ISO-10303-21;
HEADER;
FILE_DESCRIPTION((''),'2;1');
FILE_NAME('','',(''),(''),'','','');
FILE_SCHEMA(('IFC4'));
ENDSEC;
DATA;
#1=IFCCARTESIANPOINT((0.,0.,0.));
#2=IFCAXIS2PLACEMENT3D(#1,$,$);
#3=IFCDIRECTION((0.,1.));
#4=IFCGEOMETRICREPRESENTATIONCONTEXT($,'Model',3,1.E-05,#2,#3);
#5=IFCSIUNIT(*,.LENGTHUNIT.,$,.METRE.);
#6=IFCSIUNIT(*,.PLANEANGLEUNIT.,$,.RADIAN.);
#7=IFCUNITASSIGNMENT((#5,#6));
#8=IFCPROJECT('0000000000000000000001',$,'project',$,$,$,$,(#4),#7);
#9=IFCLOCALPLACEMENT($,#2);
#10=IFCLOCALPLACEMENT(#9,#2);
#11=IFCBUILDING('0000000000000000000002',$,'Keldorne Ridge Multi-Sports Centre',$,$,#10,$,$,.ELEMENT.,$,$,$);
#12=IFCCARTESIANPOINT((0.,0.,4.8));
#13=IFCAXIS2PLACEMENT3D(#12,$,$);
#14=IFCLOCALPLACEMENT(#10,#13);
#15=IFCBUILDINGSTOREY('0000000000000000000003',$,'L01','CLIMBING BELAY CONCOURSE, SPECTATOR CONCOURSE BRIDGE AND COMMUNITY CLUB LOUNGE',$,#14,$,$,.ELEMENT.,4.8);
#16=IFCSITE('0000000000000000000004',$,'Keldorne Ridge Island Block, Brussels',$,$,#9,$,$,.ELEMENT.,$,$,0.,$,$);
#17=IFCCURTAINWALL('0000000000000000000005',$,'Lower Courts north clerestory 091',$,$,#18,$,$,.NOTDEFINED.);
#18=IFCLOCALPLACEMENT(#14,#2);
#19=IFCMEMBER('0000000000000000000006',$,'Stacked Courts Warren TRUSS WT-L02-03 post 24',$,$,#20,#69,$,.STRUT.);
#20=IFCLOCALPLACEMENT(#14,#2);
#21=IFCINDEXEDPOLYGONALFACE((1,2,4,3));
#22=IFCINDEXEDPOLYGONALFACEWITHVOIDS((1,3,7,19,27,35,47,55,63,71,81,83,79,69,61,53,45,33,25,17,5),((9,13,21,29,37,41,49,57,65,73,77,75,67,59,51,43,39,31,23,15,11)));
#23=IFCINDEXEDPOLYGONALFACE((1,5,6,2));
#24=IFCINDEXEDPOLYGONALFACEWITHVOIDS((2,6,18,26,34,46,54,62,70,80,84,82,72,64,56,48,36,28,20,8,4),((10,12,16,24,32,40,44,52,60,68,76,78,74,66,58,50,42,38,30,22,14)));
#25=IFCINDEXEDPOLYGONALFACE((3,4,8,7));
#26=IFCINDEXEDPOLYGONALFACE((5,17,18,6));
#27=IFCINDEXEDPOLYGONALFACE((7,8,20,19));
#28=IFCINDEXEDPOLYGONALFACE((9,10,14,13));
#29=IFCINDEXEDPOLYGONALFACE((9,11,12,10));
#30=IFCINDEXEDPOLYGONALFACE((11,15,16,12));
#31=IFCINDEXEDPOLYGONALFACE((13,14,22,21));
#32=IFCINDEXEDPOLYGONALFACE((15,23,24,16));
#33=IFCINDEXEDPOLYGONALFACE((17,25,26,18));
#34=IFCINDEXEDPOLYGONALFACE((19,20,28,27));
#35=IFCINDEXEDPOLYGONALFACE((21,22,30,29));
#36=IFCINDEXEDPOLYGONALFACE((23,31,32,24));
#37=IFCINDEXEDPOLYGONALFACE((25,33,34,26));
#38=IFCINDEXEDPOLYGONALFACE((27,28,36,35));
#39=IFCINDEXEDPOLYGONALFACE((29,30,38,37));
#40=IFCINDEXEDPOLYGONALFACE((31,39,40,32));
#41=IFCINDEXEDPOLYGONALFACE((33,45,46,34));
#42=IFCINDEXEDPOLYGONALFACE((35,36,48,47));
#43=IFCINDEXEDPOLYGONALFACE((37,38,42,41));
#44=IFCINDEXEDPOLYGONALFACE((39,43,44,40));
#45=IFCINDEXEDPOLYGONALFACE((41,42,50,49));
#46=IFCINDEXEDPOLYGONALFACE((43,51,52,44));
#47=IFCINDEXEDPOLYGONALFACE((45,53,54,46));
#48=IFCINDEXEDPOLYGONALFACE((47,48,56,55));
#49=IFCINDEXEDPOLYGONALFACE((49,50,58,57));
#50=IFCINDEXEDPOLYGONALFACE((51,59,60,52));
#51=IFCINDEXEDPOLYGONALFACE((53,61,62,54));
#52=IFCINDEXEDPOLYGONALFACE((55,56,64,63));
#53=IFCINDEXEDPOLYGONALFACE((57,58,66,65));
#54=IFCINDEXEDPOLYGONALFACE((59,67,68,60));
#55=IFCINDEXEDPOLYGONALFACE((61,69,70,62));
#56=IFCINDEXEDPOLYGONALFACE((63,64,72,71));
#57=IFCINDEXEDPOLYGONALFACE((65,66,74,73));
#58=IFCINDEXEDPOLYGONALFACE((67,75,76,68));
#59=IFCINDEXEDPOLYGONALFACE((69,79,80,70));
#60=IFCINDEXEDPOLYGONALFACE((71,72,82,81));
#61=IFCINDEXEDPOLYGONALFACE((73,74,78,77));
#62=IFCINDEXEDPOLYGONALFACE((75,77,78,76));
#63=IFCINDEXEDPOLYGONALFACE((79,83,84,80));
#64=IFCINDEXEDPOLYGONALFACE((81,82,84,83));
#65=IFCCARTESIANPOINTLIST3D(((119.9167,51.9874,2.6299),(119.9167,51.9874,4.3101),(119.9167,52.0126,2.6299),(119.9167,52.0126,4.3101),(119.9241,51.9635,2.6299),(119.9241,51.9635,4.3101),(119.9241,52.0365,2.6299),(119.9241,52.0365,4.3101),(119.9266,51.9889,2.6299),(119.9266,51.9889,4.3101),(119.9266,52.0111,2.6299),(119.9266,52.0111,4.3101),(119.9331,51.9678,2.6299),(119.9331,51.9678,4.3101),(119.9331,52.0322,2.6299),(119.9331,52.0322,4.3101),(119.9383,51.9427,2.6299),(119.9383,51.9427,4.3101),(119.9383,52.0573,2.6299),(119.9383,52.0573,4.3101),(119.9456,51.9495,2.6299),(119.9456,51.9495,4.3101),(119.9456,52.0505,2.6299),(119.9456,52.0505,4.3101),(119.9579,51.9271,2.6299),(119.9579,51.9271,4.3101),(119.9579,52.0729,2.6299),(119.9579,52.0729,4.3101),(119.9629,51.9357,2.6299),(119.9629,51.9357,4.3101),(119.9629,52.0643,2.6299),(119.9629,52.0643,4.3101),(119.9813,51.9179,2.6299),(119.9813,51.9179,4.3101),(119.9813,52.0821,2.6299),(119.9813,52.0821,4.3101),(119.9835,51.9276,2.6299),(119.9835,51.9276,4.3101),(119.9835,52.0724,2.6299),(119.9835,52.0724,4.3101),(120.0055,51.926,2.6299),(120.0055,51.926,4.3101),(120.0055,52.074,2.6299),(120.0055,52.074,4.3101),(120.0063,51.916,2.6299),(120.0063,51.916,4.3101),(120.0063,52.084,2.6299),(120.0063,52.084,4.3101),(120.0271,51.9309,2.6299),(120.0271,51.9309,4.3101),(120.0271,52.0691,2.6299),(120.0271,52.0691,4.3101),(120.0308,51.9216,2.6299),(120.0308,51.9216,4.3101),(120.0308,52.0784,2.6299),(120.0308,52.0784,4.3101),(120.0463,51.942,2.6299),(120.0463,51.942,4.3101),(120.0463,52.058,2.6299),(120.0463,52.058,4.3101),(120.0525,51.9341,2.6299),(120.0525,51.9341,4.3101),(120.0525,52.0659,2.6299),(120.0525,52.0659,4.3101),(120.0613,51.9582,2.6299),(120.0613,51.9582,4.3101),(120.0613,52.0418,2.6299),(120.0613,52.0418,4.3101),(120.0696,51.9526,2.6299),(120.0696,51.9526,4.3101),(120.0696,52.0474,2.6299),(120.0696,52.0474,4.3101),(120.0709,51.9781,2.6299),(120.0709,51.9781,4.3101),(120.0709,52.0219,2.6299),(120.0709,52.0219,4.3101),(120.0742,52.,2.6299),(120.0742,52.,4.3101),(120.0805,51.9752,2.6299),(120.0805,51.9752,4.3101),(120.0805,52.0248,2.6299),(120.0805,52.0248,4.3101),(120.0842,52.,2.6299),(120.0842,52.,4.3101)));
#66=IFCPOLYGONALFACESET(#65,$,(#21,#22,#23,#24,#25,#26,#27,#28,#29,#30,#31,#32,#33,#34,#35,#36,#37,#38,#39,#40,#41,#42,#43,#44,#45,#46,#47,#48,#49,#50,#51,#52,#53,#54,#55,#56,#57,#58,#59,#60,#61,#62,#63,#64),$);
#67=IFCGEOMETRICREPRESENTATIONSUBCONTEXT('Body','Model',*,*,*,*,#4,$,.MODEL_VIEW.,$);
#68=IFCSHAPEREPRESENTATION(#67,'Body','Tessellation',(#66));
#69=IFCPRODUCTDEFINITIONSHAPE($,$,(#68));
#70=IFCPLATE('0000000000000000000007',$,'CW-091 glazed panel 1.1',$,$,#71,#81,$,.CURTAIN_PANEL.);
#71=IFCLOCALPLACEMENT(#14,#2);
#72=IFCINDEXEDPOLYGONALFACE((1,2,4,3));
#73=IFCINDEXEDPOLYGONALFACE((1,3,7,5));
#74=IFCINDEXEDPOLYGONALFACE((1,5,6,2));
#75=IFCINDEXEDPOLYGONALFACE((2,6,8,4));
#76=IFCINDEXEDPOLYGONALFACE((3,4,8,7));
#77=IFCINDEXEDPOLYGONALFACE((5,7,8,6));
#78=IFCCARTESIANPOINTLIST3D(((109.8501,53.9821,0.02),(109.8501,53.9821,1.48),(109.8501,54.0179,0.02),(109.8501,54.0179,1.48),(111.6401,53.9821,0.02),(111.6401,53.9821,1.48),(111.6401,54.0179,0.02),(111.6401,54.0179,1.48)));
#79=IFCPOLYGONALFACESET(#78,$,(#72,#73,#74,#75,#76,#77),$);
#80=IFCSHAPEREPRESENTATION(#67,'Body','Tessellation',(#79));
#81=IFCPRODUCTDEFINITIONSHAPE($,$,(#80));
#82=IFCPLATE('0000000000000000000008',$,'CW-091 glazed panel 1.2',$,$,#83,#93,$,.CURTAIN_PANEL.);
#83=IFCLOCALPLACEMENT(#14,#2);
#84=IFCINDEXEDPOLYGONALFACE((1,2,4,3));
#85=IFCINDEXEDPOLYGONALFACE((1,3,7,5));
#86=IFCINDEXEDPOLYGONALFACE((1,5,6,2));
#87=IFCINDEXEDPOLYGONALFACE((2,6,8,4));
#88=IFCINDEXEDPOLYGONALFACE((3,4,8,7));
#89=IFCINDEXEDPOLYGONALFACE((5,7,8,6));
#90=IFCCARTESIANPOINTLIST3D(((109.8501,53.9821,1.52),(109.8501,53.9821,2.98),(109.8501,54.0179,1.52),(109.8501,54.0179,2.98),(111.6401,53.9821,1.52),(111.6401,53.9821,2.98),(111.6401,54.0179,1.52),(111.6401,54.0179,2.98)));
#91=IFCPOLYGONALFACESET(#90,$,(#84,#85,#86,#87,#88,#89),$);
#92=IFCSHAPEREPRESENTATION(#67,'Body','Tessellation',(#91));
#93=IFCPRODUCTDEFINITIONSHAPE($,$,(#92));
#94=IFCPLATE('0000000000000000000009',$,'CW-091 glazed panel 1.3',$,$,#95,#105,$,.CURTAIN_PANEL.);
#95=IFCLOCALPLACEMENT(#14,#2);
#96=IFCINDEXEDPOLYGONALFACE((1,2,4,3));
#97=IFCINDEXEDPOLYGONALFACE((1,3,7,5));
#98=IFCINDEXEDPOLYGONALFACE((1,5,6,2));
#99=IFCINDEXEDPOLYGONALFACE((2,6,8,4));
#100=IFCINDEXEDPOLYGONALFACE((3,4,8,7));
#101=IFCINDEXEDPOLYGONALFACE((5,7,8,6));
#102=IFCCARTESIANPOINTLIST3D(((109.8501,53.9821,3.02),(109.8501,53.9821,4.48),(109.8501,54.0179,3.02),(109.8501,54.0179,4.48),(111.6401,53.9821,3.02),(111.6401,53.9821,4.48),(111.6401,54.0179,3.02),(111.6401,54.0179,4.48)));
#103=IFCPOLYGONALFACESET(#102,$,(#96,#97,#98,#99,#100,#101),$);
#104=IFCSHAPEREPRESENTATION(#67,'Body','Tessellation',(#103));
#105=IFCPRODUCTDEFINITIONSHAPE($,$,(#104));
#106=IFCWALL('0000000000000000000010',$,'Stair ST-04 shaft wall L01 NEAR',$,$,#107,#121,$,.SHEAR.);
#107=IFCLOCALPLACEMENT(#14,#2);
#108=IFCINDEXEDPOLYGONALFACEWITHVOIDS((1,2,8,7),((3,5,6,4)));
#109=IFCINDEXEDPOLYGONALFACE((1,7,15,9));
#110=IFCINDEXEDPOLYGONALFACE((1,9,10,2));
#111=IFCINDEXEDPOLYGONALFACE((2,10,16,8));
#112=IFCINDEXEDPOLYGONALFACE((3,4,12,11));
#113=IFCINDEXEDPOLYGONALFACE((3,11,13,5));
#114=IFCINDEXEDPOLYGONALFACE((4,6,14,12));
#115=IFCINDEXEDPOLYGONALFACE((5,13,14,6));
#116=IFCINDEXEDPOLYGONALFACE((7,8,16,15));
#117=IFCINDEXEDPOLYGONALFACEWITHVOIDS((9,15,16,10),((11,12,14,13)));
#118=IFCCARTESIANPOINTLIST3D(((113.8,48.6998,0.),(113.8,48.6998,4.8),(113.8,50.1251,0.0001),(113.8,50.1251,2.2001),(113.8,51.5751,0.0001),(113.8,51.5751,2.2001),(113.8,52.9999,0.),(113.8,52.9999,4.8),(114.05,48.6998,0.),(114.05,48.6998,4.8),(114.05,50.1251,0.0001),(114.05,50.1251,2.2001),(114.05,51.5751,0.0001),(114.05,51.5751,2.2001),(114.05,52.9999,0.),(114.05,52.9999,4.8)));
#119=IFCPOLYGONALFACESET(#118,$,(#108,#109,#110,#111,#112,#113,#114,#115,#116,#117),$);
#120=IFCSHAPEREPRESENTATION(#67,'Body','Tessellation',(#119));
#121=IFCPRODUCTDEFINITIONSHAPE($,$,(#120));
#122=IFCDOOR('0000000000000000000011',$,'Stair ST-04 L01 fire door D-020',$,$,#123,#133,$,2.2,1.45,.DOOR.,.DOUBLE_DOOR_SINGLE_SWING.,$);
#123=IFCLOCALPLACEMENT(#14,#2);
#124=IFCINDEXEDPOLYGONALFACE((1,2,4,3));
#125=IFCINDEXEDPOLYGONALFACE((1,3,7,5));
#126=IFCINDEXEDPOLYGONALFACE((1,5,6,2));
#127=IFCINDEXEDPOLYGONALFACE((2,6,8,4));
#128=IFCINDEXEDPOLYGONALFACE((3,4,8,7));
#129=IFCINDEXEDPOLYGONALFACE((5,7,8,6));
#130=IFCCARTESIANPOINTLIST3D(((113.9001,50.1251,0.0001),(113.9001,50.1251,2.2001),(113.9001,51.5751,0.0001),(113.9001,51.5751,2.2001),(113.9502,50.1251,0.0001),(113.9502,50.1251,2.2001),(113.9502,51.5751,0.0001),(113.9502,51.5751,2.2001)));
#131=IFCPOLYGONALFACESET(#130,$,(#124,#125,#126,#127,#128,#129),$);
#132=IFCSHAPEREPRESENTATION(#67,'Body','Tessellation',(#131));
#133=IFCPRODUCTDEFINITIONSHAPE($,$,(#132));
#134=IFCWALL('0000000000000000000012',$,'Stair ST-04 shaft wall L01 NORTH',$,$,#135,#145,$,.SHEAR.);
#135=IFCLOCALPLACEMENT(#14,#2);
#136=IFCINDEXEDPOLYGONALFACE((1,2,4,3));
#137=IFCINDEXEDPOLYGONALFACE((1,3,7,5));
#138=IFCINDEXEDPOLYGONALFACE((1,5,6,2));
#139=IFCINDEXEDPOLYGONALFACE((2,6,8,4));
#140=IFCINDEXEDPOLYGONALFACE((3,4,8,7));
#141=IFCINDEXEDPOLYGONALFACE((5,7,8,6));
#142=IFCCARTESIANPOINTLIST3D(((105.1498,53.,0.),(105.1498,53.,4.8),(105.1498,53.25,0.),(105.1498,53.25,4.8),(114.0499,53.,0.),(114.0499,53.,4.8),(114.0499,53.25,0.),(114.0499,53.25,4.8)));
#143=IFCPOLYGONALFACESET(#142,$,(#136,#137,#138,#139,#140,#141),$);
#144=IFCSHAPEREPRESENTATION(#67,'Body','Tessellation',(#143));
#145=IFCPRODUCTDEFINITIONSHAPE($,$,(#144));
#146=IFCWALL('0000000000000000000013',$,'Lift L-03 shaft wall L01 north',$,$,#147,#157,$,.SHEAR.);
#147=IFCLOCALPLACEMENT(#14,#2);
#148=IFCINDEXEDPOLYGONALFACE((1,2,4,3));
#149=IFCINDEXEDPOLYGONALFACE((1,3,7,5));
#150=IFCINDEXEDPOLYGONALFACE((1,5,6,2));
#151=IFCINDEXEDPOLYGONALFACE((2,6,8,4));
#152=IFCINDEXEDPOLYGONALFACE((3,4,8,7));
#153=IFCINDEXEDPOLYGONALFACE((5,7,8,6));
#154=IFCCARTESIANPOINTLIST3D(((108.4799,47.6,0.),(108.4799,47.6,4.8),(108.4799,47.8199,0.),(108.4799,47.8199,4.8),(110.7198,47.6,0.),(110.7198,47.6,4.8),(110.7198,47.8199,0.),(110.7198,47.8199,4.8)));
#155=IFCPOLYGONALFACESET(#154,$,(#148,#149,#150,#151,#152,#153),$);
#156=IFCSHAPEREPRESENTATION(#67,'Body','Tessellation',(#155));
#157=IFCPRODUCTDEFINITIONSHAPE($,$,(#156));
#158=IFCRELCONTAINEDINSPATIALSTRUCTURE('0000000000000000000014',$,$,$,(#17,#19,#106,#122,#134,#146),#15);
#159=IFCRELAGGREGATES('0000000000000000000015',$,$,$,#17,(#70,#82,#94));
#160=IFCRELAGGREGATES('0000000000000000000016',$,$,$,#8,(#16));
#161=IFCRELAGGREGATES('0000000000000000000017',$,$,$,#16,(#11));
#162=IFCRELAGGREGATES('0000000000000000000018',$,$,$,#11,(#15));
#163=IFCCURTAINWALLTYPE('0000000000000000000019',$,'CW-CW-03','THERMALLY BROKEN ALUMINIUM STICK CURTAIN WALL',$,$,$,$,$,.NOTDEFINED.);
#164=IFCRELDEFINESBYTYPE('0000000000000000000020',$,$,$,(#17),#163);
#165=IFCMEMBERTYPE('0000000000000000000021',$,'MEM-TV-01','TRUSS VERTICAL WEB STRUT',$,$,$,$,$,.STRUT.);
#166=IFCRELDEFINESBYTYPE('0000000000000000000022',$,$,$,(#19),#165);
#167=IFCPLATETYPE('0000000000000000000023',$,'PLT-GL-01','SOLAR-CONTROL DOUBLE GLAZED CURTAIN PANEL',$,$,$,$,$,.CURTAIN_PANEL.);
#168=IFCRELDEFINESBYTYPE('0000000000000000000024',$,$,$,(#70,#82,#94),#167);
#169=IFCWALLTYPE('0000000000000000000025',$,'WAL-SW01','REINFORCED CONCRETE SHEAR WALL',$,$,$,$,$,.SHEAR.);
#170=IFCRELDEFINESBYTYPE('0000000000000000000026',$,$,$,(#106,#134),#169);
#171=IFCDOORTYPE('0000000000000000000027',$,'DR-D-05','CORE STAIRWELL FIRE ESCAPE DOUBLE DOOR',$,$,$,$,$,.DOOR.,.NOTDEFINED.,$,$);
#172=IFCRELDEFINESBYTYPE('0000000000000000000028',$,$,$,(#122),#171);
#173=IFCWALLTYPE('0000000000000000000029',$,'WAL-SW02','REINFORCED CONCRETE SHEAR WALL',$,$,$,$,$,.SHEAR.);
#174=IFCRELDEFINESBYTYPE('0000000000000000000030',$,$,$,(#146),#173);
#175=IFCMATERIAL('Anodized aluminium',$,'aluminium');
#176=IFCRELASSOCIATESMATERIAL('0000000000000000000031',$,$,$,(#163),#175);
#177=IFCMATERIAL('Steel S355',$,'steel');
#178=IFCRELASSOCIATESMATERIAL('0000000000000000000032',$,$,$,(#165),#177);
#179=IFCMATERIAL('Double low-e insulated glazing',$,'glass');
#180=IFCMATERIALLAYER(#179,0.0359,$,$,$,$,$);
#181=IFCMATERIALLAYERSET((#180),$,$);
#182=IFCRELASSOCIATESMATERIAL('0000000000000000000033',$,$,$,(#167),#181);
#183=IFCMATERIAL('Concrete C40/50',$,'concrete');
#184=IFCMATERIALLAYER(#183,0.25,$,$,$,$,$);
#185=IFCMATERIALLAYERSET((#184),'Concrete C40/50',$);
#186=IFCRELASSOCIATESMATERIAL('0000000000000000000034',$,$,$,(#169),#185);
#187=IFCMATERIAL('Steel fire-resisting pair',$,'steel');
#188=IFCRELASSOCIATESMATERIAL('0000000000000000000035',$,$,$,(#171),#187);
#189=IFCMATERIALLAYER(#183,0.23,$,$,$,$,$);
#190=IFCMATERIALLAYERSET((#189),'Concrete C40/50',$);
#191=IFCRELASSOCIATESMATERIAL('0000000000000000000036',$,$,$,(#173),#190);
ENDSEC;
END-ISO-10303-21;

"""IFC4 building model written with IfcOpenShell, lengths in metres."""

from ifc_helpers import new_model, si_unit, direction, frame, frame_2d, origin, origin_2d, place, context, subcontext, project, spatial, rectangle, hollow_circle, extrude, material, layer, layer_set, material_profile, profile_set, type_object, element, fill, aggregate, save


model = new_model("IFC4")

# Units and contexts
model_context = context("Model", 3, precision=1e-05, world=origin(), true_north=direction((0.0, 1.0)))
body_context = subcontext(model_context, "Body", "Model", "MODEL_VIEW")
ifc_project = project(units=[si_unit("LENGTHUNIT", "METRE"), si_unit("PLANEANGLEUNIT", "RADIAN")], contexts=[model_context])

# Site, building, storey
site_placement = place(None, origin())
site = spatial("IfcSite", under=ifc_project, at=site_placement, Name="Keldorne Ridge Island Block, Brussels", CompositionType="ELEMENT", RefElevation=0.0)
building_placement = place(site_placement, origin())
building = spatial("IfcBuilding", under=site, at=building_placement, Name="Keldorne Ridge Multi-Sports Centre", CompositionType="ELEMENT")
storey_placement = place(building_placement, frame((0.0, 0.0, 4.8)))
storey = spatial("IfcBuildingStorey", under=building, at=storey_placement, Name="L01", Description="CLIMBING BELAY CONCOURSE, SPECTATOR CONCOURSE BRIDGE AND COMMUNITY CLUB LOUNGE", CompositionType="ELEMENT", Elevation=4.8)

# Shared definitions
ifc_material_1 = material(Name="Steel S355", Category="steel")

# Curtain wall
ifc_material_2 = material(Name="Anodized aluminium", Category="aluminium")
curtain_wall_type = type_object("IfcCurtainWallType", Name="CW-CW-03", Description="THERMALLY BROKEN ALUMINIUM STICK CURTAIN WALL", PredefinedType="NOTDEFINED", material=ifc_material_2)
curtain_wall_placement = place(storey_placement, origin())
curtain_wall = element("IfcCurtainWall", 1, at=curtain_wall_placement, inside=storey, type_object=curtain_wall_type, Name="Lower Courts north clerestory 091", PredefinedType="NOTDEFINED")

# Member
ifc_material_profile_1 = material_profile(ifc_material_1, hollow_circle(Radius=0.0842, WallThickness=0.01, at=origin_2d()), Name="CHS 168.3x10")
ifc_profile_set_1 = profile_set([ifc_material_profile_1], Name="Steel S355")
member_type_1 = type_object("IfcMemberType", Name="MEM-TV-01", Description="TRUSS VERTICAL WEB STRUT", PredefinedType="STRUT", material=ifc_profile_set_1)
for number, where, z_axis, x_axis, name in (
    (2, (120.0, 52.0, 2.6299), (0.0, 0.0, 1.0), (1.0, 0.0, 0.0), "Stacked Courts Warren TRUSS WT-L02-03 post 24"),
):
    element("IfcMember", number, at=place(storey_placement, frame(where, z_axis=z_axis, x_axis=x_axis)), inside=storey, type_object=member_type_1, Name=name, PredefinedType="STRUT", context=body_context, shape_type="SweptSolid", body=[
        extrude(hollow_circle(Radius=0.0842, WallThickness=0.01, at=origin_2d()), origin(), (0.0, 0.0, 1.0), 1.6802),
    ])

# Plates
ifc_material_3 = material(Name="Double low-e insulated glazing", Category="glass")
ifc_layer_1 = layer(ifc_material_3, 0.0359)
ifc_layer_set_1 = layer_set([ifc_layer_1])
plate_type = type_object("IfcPlateType", Name="PLT-GL-01", Description="SOLAR-CONTROL DOUBLE GLAZED CURTAIN PANEL", PredefinedType="CURTAIN_PANEL", material=ifc_layer_set_1)
plate_1_placement = place(storey_placement, frame((110.7451, 54.0, 0.02), z_axis=(0.0, 0.0, 1.0), x_axis=(-1.0, 0.0, 0.0)))
plate_1 = element("IfcPlate", 3, at=plate_1_placement, type_object=plate_type, Name="CW-091 glazed panel 1.1", PredefinedType="CURTAIN_PANEL", context=body_context, shape_type="SweptSolid", body=[
    extrude(rectangle(XDim=1.79, YDim=0.0359, at=origin_2d()), origin(), (0.0, 0.0, 1.0), 1.46),
])
plate_2_placement = place(storey_placement, frame((110.7451, 54.0, 1.52), z_axis=(0.0, 0.0, 1.0), x_axis=(-1.0, 0.0, 0.0)))
plate_2 = element("IfcPlate", 4, at=plate_2_placement, type_object=plate_type, Name="CW-091 glazed panel 1.2", PredefinedType="CURTAIN_PANEL", context=body_context, shape_type="SweptSolid", body=[
    extrude(rectangle(XDim=1.79, YDim=0.0359, at=origin_2d()), origin(), (0.0, 0.0, 1.0), 1.46),
])
plate_3_placement = place(storey_placement, frame((110.7451, 54.0, 3.02), z_axis=(0.0, 0.0, 1.0), x_axis=(-1.0, 0.0, 0.0)))
plate_3 = element("IfcPlate", 5, at=plate_3_placement, type_object=plate_type, Name="CW-091 glazed panel 1.3", PredefinedType="CURTAIN_PANEL", context=body_context, shape_type="SweptSolid", body=[
    extrude(rectangle(XDim=1.79, YDim=0.0359, at=origin_2d()), origin(), (0.0, 0.0, 1.0), 1.46),
])
aggregate(curtain_wall, [plate_1, plate_2, plate_3])

# Wall, opening, door
ifc_material_4 = material(Name="Concrete C40/50", Category="concrete")
ifc_layer_2 = layer(ifc_material_4, 0.25)
ifc_layer_set_2 = layer_set([ifc_layer_2], Name="Concrete C40/50")
wall_type_1 = type_object("IfcWallType", Name="WAL-SW01", Description="REINFORCED CONCRETE SHEAR WALL", PredefinedType="SHEAR", material=ifc_layer_set_2)
wall_1_placement = place(storey_placement, frame((113.925, 48.7, 0.0), z_axis=(0.0, 0.0, 1.0), x_axis=(0.0, 1.0, 0.0)))
wall_1 = element("IfcWall", 6, at=wall_1_placement, inside=storey, type_object=wall_type_1, Name="Stair ST-04 shaft wall L01 NEAR", PredefinedType="SHEAR", context=body_context, shape_type="SweptSolid", body=[
    extrude(rectangle(XDim=4.3, YDim=0.25, at=frame_2d((2.1499, 0.0))), origin(), (0.0, 0.0, 1.0), 4.8),
])
opening_placement = place(wall_1_placement, frame((1.425, 0.0, 0.0)))
opening = element("IfcOpeningElement", 7, at=opening_placement, cuts=wall_1, PredefinedType="OPENING", context=body_context, shape_type="SweptSolid", body=[
    extrude(rectangle(XDim=1.45, YDim=2.2, at=frame_2d((0.7251, 1.1001))), frame((0.0, 0.135, 0.0), z_axis=(0.0, -1.0, 0.0), x_axis=(1.0, 0.0, 0.0)), (0.0, 0.0, 1.0), 0.27),
])
ifc_material_5 = material(Name="Steel fire-resisting pair", Category="steel")
door_type = type_object("IfcDoorType", Name="DR-D-05", Description="CORE STAIRWELL FIRE ESCAPE DOUBLE DOOR", OperationType="NOTDEFINED", PredefinedType="DOOR", material=ifc_material_5)
door_placement = place(opening_placement, origin())
door = element("IfcDoor", 8, at=door_placement, inside=storey, type_object=door_type, Name="Stair ST-04 L01 fire door D-020", OperationType="DOUBLE_DOOR_SINGLE_SWING", OverallHeight=2.2, OverallWidth=1.45, PredefinedType="DOOR", context=body_context, shape_type="SweptSolid", body=[
    extrude(rectangle(XDim=1.45, YDim=2.2, at=frame_2d((0.7251, 1.1001))), frame((0.0, 0.0249, 0.0), z_axis=(0.0, -1.0, 0.0), x_axis=(1.0, 0.0, 0.0)), (0.0, 0.0, 1.0), 0.05),
])
fill(opening, door)

# Walls
wall_2_placement = place(storey_placement, frame((114.05, 53.125, 0.0), z_axis=(0.0, 0.0, 1.0), x_axis=(-1.0, 0.0, 0.0)))
element("IfcWall", 9, at=wall_2_placement, inside=storey, type_object=wall_type_1, Name="Stair ST-04 shaft wall L01 NORTH", PredefinedType="SHEAR", context=body_context, shape_type="SweptSolid", body=[
    extrude(rectangle(XDim=8.9001, YDim=0.25, at=frame_2d((4.4502, 0.0))), origin(), (0.0, 0.0, 1.0), 4.8),
])
ifc_layer_3 = layer(ifc_material_4, 0.23)
ifc_layer_set_3 = layer_set([ifc_layer_3], Name="Concrete C40/50")
wall_type_2 = type_object("IfcWallType", Name="WAL-SW02", Description="REINFORCED CONCRETE SHEAR WALL", PredefinedType="SHEAR", material=ifc_layer_set_3)
wall_3_placement = place(storey_placement, frame((110.72, 47.71, 0.0), z_axis=(0.0, 0.0, 1.0), x_axis=(-1.0, 0.0, 0.0)))
element("IfcWall", 10, at=wall_3_placement, inside=storey, type_object=wall_type_2, Name="Lift L-03 shaft wall L01 north", PredefinedType="SHEAR", context=body_context, shape_type="SweptSolid", body=[
    extrude(rectangle(XDim=2.24, YDim=0.22, at=frame_2d((1.1201, 0.0))), origin(), (0.0, 0.0, 1.0), 4.8),
])

save(model, "model.ifc")
